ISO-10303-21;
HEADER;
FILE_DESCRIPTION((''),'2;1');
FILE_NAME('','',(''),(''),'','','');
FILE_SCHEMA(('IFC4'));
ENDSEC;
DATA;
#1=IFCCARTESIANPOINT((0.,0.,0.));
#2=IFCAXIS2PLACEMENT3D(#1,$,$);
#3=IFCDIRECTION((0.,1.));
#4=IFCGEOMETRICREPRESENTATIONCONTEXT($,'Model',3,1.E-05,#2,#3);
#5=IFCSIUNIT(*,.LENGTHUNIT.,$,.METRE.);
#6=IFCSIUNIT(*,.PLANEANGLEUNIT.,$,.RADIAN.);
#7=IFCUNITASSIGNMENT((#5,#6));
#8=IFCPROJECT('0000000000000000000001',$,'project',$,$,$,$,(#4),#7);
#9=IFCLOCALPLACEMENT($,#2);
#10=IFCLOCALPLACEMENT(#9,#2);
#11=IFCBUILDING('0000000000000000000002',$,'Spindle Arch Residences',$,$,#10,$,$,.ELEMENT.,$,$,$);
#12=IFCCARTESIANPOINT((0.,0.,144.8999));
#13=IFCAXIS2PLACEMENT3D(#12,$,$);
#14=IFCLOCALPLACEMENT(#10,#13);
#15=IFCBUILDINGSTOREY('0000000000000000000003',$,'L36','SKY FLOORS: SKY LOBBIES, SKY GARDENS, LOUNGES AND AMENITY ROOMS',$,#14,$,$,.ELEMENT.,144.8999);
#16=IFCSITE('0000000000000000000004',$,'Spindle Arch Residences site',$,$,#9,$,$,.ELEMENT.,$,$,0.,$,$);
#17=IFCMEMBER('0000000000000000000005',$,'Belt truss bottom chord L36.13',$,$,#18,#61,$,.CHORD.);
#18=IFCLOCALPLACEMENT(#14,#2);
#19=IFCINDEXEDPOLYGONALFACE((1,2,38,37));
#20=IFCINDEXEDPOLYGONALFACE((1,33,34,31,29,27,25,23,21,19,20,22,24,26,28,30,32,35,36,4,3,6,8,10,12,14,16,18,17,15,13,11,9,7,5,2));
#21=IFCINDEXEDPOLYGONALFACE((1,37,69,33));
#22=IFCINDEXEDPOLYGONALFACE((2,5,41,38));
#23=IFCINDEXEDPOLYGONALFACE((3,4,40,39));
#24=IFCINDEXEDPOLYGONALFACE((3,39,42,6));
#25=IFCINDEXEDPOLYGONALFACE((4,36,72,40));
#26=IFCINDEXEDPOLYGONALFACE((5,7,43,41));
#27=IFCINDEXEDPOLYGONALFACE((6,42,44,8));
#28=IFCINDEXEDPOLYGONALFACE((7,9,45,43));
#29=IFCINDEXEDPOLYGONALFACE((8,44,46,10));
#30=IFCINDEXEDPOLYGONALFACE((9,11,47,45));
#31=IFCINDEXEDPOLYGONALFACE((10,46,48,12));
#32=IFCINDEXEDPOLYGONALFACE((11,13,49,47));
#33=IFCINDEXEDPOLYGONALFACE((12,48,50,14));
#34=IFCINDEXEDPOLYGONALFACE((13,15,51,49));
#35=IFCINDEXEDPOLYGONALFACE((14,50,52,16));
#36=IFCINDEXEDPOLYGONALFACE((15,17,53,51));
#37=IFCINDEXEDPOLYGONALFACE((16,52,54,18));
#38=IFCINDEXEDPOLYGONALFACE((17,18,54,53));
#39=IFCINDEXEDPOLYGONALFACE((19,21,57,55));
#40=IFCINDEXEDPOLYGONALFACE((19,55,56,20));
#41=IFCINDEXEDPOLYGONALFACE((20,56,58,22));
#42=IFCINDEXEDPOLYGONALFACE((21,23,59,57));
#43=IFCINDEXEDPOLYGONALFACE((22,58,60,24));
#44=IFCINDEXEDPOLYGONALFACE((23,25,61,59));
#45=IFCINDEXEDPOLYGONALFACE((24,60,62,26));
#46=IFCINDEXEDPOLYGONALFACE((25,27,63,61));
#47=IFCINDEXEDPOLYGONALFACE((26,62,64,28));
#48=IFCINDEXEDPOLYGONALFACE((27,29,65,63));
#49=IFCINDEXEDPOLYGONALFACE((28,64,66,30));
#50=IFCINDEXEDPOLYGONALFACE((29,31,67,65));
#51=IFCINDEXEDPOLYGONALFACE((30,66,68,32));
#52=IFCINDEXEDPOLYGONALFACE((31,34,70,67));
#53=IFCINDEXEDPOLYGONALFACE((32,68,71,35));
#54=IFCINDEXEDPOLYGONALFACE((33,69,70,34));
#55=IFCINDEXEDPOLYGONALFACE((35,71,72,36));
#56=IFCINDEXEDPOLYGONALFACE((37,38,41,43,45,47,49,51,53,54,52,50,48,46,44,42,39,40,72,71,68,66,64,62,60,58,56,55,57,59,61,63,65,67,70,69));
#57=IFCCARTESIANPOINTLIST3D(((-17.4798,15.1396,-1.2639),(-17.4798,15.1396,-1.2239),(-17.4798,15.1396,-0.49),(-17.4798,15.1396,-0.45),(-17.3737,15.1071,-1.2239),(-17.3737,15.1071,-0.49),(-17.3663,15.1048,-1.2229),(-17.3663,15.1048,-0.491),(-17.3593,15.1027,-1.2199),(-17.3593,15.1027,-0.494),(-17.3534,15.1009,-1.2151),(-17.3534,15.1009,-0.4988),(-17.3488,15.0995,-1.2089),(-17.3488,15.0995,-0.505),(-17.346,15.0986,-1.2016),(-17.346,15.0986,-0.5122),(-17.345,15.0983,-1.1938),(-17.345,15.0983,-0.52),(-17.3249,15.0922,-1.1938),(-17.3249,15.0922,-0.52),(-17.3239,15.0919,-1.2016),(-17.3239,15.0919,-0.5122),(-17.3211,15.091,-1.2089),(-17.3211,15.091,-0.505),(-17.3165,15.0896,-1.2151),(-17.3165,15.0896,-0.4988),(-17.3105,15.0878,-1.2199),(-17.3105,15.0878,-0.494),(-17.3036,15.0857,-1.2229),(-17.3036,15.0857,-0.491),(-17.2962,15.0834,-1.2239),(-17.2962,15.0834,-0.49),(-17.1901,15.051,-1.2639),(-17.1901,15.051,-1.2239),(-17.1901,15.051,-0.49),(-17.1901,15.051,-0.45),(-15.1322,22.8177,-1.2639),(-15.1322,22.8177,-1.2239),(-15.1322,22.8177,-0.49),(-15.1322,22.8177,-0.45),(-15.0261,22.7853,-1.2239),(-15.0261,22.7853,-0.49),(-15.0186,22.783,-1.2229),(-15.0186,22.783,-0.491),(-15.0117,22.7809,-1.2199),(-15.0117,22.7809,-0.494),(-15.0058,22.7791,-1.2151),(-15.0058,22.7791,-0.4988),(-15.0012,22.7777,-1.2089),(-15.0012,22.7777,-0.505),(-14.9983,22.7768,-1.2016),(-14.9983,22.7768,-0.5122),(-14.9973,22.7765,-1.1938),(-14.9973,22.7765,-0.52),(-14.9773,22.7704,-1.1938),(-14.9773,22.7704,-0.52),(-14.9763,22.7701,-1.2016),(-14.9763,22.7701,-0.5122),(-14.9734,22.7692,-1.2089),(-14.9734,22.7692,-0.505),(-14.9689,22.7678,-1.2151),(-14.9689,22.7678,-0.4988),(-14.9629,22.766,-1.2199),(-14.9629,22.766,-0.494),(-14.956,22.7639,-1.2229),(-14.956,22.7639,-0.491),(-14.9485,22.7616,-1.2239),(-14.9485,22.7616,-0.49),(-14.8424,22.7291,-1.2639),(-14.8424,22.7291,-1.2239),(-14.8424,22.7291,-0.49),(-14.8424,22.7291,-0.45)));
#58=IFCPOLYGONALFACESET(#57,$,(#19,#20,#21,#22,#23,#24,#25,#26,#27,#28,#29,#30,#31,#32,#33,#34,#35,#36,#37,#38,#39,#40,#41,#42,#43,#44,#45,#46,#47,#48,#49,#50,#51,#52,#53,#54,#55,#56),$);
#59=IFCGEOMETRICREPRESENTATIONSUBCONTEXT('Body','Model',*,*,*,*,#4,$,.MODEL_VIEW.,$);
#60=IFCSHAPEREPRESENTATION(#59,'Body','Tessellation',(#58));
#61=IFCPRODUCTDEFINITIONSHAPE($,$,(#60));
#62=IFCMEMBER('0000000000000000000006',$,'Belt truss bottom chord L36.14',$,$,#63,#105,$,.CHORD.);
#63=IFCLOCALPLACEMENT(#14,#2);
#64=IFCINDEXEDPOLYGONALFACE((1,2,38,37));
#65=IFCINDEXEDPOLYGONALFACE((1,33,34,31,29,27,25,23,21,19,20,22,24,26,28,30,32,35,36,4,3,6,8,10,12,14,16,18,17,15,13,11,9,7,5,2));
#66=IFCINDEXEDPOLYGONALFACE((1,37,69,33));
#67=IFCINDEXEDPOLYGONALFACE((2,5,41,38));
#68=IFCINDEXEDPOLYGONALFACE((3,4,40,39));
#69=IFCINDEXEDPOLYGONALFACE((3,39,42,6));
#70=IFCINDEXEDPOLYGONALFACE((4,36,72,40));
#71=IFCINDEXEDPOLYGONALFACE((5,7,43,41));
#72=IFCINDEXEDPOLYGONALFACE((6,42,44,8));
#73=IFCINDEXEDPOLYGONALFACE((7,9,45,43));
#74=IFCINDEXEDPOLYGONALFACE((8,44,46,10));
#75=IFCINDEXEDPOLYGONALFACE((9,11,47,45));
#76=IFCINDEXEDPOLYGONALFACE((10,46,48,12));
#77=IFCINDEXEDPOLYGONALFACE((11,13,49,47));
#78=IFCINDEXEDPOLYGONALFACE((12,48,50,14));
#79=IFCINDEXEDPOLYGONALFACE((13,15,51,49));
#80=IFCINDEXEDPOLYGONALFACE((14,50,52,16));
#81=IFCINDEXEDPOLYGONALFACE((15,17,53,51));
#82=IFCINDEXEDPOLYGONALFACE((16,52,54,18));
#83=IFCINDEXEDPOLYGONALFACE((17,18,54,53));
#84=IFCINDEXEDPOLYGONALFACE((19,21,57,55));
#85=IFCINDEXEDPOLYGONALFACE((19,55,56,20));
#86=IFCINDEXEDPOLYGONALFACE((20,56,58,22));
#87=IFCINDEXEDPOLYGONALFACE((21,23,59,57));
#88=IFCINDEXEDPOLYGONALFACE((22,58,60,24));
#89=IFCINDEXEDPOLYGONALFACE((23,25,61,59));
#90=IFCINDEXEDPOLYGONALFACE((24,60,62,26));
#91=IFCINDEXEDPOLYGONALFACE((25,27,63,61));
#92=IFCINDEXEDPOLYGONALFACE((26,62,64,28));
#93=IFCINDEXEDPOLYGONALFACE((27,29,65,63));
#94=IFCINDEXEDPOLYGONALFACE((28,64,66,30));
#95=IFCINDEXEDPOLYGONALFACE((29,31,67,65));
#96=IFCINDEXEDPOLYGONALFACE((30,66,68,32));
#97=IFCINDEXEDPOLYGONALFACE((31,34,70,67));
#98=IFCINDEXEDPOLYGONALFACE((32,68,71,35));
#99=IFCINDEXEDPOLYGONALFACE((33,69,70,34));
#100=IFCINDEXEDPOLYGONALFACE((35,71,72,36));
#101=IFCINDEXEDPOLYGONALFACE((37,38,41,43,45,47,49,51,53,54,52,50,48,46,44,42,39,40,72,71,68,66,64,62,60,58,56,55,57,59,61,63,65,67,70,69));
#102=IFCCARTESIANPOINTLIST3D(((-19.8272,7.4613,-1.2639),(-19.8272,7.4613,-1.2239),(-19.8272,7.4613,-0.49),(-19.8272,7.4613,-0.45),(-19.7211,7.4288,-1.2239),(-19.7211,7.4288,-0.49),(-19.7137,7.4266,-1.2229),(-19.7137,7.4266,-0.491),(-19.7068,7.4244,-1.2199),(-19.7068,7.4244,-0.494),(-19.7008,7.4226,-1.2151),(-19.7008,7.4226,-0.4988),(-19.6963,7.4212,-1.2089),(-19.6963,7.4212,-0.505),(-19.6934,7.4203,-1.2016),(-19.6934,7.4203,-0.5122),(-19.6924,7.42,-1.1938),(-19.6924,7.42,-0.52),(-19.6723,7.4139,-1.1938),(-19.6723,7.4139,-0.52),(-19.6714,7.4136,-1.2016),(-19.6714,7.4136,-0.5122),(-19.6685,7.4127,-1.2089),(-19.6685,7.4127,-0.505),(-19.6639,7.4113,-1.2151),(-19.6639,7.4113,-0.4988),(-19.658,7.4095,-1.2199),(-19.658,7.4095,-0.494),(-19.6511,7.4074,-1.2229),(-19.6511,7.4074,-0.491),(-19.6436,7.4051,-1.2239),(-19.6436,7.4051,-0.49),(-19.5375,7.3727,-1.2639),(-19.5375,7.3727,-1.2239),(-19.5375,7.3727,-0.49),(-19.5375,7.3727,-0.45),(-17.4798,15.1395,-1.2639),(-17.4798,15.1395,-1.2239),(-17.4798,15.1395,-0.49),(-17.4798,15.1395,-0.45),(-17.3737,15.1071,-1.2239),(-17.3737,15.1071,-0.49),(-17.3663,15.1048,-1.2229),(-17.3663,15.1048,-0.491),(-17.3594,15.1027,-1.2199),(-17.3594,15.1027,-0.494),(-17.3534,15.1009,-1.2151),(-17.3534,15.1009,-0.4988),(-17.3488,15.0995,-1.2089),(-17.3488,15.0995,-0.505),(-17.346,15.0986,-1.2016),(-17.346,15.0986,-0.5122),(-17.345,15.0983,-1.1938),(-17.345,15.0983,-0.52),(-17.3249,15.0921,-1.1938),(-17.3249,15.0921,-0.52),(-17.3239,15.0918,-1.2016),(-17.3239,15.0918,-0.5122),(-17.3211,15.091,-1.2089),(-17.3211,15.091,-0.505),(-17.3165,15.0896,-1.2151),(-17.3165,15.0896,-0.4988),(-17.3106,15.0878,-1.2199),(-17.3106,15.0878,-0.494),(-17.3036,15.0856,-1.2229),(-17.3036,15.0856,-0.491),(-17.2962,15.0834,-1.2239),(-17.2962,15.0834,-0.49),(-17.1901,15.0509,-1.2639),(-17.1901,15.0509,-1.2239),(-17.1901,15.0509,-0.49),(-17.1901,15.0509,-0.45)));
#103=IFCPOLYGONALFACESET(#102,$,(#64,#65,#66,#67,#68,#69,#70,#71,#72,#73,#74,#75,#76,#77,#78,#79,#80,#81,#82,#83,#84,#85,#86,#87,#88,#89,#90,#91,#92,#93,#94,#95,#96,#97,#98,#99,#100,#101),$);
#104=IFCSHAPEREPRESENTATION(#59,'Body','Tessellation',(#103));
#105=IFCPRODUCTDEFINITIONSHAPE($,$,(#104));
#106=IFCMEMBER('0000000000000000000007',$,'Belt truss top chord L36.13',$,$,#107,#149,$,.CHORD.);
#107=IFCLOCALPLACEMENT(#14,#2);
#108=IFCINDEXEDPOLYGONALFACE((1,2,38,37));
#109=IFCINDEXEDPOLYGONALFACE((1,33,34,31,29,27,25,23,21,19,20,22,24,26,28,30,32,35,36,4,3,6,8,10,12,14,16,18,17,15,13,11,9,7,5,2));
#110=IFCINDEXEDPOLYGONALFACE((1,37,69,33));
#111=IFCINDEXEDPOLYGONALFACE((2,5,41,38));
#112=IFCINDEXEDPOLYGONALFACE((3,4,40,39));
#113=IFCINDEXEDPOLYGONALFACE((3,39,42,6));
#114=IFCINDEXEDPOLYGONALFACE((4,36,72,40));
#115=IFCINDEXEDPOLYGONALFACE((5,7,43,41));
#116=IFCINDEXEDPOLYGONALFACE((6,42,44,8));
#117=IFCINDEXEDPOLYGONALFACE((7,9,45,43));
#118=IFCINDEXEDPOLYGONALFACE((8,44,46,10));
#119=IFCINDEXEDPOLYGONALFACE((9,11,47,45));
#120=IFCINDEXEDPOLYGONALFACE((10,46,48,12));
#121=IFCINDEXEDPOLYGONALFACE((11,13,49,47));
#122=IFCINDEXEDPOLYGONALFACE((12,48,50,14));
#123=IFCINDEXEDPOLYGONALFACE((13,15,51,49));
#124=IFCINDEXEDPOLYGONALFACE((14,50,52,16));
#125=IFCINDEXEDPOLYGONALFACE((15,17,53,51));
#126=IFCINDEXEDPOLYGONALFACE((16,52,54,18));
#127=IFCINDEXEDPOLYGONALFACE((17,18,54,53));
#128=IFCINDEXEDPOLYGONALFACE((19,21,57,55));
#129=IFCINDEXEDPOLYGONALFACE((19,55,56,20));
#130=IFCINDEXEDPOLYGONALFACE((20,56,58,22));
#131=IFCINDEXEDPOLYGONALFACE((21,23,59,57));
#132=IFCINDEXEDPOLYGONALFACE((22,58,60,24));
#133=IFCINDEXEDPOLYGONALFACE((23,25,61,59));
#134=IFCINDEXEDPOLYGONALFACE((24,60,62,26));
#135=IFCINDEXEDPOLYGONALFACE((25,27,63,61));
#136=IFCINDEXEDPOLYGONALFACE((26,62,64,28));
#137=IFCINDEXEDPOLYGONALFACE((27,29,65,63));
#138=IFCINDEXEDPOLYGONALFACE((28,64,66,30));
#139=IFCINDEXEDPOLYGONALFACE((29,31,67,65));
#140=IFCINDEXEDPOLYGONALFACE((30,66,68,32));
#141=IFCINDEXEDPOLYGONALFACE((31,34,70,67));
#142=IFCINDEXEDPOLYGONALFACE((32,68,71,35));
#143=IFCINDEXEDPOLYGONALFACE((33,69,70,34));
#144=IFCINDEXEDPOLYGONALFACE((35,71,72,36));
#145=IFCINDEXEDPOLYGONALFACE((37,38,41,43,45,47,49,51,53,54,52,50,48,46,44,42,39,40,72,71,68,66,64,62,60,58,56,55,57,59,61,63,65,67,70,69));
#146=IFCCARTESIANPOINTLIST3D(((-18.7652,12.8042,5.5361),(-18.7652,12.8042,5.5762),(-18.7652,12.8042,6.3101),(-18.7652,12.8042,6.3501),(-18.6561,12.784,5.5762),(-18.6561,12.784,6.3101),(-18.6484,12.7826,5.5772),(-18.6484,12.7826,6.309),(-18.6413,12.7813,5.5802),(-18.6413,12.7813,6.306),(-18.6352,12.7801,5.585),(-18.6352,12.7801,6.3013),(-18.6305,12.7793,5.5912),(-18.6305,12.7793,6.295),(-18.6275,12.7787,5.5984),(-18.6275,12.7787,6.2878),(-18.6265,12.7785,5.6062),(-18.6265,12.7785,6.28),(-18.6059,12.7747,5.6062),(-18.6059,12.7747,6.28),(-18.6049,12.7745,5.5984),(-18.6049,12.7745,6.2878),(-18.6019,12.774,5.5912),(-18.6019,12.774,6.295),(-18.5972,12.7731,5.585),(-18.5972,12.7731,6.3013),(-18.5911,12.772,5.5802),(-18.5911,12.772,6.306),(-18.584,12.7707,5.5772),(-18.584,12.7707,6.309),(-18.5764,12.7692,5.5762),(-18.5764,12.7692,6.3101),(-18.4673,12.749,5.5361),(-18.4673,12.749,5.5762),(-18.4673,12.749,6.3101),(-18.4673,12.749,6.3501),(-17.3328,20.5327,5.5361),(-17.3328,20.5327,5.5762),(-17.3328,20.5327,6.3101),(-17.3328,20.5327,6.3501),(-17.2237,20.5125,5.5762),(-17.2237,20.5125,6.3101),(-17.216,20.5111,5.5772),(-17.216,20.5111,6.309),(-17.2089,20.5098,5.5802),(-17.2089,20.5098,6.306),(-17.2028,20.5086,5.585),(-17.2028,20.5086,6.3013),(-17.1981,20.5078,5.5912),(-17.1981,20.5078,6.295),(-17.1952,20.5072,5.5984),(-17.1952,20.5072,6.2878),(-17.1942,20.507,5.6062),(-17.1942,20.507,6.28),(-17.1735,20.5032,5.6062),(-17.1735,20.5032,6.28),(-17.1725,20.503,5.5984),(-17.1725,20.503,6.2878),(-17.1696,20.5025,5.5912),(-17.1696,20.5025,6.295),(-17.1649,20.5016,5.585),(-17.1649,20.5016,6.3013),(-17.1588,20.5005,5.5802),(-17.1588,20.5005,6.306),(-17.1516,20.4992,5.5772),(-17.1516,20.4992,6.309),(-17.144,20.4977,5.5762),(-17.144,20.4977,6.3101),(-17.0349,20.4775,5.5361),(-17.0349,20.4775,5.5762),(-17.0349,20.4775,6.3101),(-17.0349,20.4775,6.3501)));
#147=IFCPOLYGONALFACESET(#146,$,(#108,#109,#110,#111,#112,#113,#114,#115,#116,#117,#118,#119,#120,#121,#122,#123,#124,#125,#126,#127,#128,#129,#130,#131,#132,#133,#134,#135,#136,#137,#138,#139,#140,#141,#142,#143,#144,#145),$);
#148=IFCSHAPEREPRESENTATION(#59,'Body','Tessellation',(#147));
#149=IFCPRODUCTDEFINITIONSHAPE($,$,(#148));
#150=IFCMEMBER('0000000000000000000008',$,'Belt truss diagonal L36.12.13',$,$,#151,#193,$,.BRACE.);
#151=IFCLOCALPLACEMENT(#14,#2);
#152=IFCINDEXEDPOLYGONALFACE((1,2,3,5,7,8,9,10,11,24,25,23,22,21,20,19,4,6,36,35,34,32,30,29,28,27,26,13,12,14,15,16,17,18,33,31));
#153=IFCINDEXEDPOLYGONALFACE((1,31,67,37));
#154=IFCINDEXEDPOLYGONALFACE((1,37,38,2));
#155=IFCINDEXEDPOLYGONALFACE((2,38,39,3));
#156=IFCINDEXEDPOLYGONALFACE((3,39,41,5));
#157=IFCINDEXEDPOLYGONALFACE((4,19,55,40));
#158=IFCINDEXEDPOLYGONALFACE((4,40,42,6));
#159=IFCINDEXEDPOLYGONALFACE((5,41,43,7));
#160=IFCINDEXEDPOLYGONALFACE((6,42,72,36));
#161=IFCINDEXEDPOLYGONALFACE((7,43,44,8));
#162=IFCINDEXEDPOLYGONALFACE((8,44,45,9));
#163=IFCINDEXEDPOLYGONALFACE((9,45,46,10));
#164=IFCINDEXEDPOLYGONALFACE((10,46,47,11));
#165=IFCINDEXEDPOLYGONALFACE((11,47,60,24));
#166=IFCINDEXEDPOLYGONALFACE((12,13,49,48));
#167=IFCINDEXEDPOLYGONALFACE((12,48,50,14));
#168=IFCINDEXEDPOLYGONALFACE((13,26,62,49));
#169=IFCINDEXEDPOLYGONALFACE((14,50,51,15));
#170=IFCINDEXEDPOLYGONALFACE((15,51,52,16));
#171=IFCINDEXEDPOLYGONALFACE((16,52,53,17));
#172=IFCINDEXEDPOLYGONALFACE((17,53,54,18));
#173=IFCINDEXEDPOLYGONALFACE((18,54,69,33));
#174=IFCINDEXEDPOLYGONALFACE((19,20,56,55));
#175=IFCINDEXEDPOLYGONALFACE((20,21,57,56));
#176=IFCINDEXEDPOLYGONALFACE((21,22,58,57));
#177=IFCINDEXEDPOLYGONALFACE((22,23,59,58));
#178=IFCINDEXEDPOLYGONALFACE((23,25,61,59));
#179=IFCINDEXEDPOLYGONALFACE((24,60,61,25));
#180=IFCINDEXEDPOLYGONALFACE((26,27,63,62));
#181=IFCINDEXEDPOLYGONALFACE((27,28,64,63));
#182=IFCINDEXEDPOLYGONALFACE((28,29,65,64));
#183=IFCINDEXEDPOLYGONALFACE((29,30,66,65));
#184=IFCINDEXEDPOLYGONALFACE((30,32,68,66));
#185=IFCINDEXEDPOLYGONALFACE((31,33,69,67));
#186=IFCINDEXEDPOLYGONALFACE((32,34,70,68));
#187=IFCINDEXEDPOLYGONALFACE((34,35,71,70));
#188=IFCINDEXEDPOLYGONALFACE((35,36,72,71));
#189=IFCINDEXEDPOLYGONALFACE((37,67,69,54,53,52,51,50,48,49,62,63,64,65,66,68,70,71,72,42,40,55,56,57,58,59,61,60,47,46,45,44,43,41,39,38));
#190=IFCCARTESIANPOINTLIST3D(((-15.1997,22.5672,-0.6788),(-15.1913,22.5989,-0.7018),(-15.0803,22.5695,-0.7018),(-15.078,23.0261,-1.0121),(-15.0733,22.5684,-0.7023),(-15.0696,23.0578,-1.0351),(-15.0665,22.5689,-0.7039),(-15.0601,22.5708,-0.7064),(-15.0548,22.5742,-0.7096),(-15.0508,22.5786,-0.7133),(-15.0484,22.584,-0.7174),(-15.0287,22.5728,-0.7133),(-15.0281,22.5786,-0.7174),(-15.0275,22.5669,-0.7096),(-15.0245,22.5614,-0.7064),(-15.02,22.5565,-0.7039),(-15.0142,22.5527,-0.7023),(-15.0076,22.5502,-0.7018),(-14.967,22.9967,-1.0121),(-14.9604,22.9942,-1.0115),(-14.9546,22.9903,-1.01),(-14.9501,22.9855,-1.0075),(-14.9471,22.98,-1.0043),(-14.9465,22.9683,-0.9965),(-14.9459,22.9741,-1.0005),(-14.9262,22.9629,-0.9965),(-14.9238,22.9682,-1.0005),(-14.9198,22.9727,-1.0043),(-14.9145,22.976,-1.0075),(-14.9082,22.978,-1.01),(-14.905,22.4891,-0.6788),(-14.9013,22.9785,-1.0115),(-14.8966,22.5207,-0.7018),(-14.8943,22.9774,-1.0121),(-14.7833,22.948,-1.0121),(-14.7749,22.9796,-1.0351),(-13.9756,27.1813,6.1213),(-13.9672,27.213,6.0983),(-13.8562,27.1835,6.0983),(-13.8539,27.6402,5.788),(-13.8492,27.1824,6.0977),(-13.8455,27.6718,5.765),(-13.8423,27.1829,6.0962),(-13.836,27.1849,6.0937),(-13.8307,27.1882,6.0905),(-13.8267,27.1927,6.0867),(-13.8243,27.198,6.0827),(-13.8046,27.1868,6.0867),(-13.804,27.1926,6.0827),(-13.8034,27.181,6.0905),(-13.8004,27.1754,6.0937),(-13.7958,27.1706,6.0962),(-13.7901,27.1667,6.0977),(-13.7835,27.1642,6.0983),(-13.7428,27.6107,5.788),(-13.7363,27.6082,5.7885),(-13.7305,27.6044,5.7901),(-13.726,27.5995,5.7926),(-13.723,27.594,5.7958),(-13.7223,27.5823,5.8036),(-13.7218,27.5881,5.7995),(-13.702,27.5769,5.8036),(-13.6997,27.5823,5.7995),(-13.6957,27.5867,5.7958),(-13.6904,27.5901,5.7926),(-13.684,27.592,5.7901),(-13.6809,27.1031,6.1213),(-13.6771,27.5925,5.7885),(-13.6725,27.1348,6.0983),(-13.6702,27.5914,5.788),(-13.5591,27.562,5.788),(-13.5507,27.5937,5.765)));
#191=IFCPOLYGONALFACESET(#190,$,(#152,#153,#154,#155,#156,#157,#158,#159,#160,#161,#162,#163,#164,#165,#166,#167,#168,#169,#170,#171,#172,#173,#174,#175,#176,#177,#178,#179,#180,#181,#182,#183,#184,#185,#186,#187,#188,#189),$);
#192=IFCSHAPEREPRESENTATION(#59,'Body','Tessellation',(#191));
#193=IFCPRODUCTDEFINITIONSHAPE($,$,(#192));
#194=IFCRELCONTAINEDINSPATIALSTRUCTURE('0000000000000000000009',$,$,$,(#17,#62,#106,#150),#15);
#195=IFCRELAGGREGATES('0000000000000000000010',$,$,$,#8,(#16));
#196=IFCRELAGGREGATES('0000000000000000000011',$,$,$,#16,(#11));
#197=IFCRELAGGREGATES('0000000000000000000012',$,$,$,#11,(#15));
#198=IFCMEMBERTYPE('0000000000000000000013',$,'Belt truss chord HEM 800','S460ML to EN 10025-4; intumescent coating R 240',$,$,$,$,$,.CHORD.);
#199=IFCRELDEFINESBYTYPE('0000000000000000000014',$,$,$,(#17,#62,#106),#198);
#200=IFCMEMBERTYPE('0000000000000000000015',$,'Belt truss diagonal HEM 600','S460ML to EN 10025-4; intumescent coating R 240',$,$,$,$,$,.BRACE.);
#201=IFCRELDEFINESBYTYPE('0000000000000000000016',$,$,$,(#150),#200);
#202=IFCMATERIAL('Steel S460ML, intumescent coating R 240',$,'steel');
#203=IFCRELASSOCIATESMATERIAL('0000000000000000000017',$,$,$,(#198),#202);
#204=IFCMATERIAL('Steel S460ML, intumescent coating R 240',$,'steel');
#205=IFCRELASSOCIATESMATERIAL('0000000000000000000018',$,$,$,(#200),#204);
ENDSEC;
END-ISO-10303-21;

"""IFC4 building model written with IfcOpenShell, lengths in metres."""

from ifc_helpers import new_model, si_unit, direction, frame, origin, origin_2d, place, context, subcontext, project, spatial, i_section, extrude, material, material_profile, profile_set, type_object, element, save


model = new_model("IFC4")

# Units and contexts
model_context = context("Model", 3, precision=1e-05, world=origin(), true_north=direction((0.0, 1.0)))
body_context = subcontext(model_context, "Body", "Model", "MODEL_VIEW")
ifc_project = project(units=[si_unit("LENGTHUNIT", "METRE"), si_unit("PLANEANGLEUNIT", "RADIAN")], contexts=[model_context])

# Site, building, storey
site_placement = place(None, origin())
site = spatial("IfcSite", under=ifc_project, at=site_placement, Name="Spindle Arch Residences site", CompositionType="ELEMENT", RefElevation=0.0)
building_placement = place(site_placement, origin())
building = spatial("IfcBuilding", under=site, at=building_placement, Name="Spindle Arch Residences", CompositionType="ELEMENT")
storey_placement = place(building_placement, frame((0.0, 0.0, 144.8999)))
storey = spatial("IfcBuildingStorey", under=building, at=storey_placement, Name="L36", Description="SKY FLOORS: SKY LOBBIES, SKY GARDENS, LOUNGES AND AMENITY ROOMS", CompositionType="ELEMENT", Elevation=144.8999)

# Members
ifc_material_1 = material(Name="Steel S460ML, intumescent coating R 240", Category="steel")
ifc_material_profile_1 = material_profile(ifc_material_1, i_section(OverallWidth=0.303, OverallDepth=0.814, WebThickness=0.021, FlangeThickness=0.04, FilletRadius=0.03, at=origin_2d()), Name="HEM 800")
ifc_profile_set_1 = profile_set([ifc_material_profile_1], Name="Steel S460ML, intumescent coating R 240")
member_type_1 = type_object("IfcMemberType", Name="Belt truss chord HEM 800", Description="S460ML to EN 10025-4; intumescent coating R 240", PredefinedType="CHORD", material=ifc_profile_set_1)
for number, where, z_axis, x_axis, name in (
    (1, (-14.9873, 22.7734, -0.8569), (-0.292393, -0.956298, 0.0), (0.956298, -0.292393, 0.0), "Belt truss bottom chord L36.13"),
    (2, (-17.335, 15.0952, -0.8569), (-0.292365, -0.956307, 0.0), (0.956307, -0.292365, 0.0), "Belt truss bottom chord L36.14"),
):
    element("IfcMember", number, at=place(storey_placement, frame(where, z_axis=z_axis, x_axis=x_axis)), inside=storey, type_object=member_type_1, Name=name, PredefinedType="CHORD", context=body_context, shape_type="SweptSolid", body=[
        extrude(i_section(OverallWidth=0.303, OverallDepth=0.814, WebThickness=0.021, FlangeThickness=0.04, FilletRadius=0.03, at=origin_2d()), origin(), (0.0, 0.0, 1.0), 8.0291),
    ])
member_1_placement = place(storey_placement, frame((-17.1838, 20.5051, 5.9431), z_axis=(-0.182233, -0.983255, 0.0), x_axis=(0.983255, -0.182233, 0.0)))
element("IfcMember", 3, at=member_1_placement, inside=storey, type_object=member_type_1, Name="Belt truss top chord L36.13", PredefinedType="CHORD", context=body_context, shape_type="SweptSolid", body=[
    extrude(i_section(OverallWidth=0.303, OverallDepth=0.814, WebThickness=0.021, FlangeThickness=0.04, FilletRadius=0.03, at=origin_2d()), origin(), (0.0, 0.0, 1.0), 7.8601),
])
ifc_material_2 = material(Name="Steel S460ML, intumescent coating R 240", Category="steel")
ifc_material_profile_2 = material_profile(ifc_material_2, i_section(OverallWidth=0.3049, OverallDepth=0.6201, WebThickness=0.021, FlangeThickness=0.04, FilletRadius=0.0271, at=origin_2d()), Name="HEM 600")
ifc_profile_set_2 = profile_set([ifc_material_profile_2], Name="Steel S460ML, intumescent coating R 240")
member_type_2 = type_object("IfcMemberType", Name="Belt truss diagonal HEM 600", Description="S460ML to EN 10025-4; intumescent coating R 240", PredefinedType="BRACE", material=ifc_profile_set_2)
member_2_placement = place(storey_placement, frame((-14.9873, 22.7734, -0.8569), z_axis=(0.147337, 0.555348, 0.818462), x_axis=(-0.966562, 0.256434, 0.0)))
element("IfcMember", 4, at=member_2_placement, inside=storey, type_object=member_type_2, Name="Belt truss diagonal L36.12.13", PredefinedType="BRACE", context=body_context, shape_type="SweptSolid", body=[
    extrude(i_section(OverallWidth=0.3049, OverallDepth=0.6201, WebThickness=0.021, FlangeThickness=0.04, FilletRadius=0.0271, at=origin_2d()), origin(), (0.0, 0.0, 1.0), 8.3083),
])

save(model, "model.ifc")
